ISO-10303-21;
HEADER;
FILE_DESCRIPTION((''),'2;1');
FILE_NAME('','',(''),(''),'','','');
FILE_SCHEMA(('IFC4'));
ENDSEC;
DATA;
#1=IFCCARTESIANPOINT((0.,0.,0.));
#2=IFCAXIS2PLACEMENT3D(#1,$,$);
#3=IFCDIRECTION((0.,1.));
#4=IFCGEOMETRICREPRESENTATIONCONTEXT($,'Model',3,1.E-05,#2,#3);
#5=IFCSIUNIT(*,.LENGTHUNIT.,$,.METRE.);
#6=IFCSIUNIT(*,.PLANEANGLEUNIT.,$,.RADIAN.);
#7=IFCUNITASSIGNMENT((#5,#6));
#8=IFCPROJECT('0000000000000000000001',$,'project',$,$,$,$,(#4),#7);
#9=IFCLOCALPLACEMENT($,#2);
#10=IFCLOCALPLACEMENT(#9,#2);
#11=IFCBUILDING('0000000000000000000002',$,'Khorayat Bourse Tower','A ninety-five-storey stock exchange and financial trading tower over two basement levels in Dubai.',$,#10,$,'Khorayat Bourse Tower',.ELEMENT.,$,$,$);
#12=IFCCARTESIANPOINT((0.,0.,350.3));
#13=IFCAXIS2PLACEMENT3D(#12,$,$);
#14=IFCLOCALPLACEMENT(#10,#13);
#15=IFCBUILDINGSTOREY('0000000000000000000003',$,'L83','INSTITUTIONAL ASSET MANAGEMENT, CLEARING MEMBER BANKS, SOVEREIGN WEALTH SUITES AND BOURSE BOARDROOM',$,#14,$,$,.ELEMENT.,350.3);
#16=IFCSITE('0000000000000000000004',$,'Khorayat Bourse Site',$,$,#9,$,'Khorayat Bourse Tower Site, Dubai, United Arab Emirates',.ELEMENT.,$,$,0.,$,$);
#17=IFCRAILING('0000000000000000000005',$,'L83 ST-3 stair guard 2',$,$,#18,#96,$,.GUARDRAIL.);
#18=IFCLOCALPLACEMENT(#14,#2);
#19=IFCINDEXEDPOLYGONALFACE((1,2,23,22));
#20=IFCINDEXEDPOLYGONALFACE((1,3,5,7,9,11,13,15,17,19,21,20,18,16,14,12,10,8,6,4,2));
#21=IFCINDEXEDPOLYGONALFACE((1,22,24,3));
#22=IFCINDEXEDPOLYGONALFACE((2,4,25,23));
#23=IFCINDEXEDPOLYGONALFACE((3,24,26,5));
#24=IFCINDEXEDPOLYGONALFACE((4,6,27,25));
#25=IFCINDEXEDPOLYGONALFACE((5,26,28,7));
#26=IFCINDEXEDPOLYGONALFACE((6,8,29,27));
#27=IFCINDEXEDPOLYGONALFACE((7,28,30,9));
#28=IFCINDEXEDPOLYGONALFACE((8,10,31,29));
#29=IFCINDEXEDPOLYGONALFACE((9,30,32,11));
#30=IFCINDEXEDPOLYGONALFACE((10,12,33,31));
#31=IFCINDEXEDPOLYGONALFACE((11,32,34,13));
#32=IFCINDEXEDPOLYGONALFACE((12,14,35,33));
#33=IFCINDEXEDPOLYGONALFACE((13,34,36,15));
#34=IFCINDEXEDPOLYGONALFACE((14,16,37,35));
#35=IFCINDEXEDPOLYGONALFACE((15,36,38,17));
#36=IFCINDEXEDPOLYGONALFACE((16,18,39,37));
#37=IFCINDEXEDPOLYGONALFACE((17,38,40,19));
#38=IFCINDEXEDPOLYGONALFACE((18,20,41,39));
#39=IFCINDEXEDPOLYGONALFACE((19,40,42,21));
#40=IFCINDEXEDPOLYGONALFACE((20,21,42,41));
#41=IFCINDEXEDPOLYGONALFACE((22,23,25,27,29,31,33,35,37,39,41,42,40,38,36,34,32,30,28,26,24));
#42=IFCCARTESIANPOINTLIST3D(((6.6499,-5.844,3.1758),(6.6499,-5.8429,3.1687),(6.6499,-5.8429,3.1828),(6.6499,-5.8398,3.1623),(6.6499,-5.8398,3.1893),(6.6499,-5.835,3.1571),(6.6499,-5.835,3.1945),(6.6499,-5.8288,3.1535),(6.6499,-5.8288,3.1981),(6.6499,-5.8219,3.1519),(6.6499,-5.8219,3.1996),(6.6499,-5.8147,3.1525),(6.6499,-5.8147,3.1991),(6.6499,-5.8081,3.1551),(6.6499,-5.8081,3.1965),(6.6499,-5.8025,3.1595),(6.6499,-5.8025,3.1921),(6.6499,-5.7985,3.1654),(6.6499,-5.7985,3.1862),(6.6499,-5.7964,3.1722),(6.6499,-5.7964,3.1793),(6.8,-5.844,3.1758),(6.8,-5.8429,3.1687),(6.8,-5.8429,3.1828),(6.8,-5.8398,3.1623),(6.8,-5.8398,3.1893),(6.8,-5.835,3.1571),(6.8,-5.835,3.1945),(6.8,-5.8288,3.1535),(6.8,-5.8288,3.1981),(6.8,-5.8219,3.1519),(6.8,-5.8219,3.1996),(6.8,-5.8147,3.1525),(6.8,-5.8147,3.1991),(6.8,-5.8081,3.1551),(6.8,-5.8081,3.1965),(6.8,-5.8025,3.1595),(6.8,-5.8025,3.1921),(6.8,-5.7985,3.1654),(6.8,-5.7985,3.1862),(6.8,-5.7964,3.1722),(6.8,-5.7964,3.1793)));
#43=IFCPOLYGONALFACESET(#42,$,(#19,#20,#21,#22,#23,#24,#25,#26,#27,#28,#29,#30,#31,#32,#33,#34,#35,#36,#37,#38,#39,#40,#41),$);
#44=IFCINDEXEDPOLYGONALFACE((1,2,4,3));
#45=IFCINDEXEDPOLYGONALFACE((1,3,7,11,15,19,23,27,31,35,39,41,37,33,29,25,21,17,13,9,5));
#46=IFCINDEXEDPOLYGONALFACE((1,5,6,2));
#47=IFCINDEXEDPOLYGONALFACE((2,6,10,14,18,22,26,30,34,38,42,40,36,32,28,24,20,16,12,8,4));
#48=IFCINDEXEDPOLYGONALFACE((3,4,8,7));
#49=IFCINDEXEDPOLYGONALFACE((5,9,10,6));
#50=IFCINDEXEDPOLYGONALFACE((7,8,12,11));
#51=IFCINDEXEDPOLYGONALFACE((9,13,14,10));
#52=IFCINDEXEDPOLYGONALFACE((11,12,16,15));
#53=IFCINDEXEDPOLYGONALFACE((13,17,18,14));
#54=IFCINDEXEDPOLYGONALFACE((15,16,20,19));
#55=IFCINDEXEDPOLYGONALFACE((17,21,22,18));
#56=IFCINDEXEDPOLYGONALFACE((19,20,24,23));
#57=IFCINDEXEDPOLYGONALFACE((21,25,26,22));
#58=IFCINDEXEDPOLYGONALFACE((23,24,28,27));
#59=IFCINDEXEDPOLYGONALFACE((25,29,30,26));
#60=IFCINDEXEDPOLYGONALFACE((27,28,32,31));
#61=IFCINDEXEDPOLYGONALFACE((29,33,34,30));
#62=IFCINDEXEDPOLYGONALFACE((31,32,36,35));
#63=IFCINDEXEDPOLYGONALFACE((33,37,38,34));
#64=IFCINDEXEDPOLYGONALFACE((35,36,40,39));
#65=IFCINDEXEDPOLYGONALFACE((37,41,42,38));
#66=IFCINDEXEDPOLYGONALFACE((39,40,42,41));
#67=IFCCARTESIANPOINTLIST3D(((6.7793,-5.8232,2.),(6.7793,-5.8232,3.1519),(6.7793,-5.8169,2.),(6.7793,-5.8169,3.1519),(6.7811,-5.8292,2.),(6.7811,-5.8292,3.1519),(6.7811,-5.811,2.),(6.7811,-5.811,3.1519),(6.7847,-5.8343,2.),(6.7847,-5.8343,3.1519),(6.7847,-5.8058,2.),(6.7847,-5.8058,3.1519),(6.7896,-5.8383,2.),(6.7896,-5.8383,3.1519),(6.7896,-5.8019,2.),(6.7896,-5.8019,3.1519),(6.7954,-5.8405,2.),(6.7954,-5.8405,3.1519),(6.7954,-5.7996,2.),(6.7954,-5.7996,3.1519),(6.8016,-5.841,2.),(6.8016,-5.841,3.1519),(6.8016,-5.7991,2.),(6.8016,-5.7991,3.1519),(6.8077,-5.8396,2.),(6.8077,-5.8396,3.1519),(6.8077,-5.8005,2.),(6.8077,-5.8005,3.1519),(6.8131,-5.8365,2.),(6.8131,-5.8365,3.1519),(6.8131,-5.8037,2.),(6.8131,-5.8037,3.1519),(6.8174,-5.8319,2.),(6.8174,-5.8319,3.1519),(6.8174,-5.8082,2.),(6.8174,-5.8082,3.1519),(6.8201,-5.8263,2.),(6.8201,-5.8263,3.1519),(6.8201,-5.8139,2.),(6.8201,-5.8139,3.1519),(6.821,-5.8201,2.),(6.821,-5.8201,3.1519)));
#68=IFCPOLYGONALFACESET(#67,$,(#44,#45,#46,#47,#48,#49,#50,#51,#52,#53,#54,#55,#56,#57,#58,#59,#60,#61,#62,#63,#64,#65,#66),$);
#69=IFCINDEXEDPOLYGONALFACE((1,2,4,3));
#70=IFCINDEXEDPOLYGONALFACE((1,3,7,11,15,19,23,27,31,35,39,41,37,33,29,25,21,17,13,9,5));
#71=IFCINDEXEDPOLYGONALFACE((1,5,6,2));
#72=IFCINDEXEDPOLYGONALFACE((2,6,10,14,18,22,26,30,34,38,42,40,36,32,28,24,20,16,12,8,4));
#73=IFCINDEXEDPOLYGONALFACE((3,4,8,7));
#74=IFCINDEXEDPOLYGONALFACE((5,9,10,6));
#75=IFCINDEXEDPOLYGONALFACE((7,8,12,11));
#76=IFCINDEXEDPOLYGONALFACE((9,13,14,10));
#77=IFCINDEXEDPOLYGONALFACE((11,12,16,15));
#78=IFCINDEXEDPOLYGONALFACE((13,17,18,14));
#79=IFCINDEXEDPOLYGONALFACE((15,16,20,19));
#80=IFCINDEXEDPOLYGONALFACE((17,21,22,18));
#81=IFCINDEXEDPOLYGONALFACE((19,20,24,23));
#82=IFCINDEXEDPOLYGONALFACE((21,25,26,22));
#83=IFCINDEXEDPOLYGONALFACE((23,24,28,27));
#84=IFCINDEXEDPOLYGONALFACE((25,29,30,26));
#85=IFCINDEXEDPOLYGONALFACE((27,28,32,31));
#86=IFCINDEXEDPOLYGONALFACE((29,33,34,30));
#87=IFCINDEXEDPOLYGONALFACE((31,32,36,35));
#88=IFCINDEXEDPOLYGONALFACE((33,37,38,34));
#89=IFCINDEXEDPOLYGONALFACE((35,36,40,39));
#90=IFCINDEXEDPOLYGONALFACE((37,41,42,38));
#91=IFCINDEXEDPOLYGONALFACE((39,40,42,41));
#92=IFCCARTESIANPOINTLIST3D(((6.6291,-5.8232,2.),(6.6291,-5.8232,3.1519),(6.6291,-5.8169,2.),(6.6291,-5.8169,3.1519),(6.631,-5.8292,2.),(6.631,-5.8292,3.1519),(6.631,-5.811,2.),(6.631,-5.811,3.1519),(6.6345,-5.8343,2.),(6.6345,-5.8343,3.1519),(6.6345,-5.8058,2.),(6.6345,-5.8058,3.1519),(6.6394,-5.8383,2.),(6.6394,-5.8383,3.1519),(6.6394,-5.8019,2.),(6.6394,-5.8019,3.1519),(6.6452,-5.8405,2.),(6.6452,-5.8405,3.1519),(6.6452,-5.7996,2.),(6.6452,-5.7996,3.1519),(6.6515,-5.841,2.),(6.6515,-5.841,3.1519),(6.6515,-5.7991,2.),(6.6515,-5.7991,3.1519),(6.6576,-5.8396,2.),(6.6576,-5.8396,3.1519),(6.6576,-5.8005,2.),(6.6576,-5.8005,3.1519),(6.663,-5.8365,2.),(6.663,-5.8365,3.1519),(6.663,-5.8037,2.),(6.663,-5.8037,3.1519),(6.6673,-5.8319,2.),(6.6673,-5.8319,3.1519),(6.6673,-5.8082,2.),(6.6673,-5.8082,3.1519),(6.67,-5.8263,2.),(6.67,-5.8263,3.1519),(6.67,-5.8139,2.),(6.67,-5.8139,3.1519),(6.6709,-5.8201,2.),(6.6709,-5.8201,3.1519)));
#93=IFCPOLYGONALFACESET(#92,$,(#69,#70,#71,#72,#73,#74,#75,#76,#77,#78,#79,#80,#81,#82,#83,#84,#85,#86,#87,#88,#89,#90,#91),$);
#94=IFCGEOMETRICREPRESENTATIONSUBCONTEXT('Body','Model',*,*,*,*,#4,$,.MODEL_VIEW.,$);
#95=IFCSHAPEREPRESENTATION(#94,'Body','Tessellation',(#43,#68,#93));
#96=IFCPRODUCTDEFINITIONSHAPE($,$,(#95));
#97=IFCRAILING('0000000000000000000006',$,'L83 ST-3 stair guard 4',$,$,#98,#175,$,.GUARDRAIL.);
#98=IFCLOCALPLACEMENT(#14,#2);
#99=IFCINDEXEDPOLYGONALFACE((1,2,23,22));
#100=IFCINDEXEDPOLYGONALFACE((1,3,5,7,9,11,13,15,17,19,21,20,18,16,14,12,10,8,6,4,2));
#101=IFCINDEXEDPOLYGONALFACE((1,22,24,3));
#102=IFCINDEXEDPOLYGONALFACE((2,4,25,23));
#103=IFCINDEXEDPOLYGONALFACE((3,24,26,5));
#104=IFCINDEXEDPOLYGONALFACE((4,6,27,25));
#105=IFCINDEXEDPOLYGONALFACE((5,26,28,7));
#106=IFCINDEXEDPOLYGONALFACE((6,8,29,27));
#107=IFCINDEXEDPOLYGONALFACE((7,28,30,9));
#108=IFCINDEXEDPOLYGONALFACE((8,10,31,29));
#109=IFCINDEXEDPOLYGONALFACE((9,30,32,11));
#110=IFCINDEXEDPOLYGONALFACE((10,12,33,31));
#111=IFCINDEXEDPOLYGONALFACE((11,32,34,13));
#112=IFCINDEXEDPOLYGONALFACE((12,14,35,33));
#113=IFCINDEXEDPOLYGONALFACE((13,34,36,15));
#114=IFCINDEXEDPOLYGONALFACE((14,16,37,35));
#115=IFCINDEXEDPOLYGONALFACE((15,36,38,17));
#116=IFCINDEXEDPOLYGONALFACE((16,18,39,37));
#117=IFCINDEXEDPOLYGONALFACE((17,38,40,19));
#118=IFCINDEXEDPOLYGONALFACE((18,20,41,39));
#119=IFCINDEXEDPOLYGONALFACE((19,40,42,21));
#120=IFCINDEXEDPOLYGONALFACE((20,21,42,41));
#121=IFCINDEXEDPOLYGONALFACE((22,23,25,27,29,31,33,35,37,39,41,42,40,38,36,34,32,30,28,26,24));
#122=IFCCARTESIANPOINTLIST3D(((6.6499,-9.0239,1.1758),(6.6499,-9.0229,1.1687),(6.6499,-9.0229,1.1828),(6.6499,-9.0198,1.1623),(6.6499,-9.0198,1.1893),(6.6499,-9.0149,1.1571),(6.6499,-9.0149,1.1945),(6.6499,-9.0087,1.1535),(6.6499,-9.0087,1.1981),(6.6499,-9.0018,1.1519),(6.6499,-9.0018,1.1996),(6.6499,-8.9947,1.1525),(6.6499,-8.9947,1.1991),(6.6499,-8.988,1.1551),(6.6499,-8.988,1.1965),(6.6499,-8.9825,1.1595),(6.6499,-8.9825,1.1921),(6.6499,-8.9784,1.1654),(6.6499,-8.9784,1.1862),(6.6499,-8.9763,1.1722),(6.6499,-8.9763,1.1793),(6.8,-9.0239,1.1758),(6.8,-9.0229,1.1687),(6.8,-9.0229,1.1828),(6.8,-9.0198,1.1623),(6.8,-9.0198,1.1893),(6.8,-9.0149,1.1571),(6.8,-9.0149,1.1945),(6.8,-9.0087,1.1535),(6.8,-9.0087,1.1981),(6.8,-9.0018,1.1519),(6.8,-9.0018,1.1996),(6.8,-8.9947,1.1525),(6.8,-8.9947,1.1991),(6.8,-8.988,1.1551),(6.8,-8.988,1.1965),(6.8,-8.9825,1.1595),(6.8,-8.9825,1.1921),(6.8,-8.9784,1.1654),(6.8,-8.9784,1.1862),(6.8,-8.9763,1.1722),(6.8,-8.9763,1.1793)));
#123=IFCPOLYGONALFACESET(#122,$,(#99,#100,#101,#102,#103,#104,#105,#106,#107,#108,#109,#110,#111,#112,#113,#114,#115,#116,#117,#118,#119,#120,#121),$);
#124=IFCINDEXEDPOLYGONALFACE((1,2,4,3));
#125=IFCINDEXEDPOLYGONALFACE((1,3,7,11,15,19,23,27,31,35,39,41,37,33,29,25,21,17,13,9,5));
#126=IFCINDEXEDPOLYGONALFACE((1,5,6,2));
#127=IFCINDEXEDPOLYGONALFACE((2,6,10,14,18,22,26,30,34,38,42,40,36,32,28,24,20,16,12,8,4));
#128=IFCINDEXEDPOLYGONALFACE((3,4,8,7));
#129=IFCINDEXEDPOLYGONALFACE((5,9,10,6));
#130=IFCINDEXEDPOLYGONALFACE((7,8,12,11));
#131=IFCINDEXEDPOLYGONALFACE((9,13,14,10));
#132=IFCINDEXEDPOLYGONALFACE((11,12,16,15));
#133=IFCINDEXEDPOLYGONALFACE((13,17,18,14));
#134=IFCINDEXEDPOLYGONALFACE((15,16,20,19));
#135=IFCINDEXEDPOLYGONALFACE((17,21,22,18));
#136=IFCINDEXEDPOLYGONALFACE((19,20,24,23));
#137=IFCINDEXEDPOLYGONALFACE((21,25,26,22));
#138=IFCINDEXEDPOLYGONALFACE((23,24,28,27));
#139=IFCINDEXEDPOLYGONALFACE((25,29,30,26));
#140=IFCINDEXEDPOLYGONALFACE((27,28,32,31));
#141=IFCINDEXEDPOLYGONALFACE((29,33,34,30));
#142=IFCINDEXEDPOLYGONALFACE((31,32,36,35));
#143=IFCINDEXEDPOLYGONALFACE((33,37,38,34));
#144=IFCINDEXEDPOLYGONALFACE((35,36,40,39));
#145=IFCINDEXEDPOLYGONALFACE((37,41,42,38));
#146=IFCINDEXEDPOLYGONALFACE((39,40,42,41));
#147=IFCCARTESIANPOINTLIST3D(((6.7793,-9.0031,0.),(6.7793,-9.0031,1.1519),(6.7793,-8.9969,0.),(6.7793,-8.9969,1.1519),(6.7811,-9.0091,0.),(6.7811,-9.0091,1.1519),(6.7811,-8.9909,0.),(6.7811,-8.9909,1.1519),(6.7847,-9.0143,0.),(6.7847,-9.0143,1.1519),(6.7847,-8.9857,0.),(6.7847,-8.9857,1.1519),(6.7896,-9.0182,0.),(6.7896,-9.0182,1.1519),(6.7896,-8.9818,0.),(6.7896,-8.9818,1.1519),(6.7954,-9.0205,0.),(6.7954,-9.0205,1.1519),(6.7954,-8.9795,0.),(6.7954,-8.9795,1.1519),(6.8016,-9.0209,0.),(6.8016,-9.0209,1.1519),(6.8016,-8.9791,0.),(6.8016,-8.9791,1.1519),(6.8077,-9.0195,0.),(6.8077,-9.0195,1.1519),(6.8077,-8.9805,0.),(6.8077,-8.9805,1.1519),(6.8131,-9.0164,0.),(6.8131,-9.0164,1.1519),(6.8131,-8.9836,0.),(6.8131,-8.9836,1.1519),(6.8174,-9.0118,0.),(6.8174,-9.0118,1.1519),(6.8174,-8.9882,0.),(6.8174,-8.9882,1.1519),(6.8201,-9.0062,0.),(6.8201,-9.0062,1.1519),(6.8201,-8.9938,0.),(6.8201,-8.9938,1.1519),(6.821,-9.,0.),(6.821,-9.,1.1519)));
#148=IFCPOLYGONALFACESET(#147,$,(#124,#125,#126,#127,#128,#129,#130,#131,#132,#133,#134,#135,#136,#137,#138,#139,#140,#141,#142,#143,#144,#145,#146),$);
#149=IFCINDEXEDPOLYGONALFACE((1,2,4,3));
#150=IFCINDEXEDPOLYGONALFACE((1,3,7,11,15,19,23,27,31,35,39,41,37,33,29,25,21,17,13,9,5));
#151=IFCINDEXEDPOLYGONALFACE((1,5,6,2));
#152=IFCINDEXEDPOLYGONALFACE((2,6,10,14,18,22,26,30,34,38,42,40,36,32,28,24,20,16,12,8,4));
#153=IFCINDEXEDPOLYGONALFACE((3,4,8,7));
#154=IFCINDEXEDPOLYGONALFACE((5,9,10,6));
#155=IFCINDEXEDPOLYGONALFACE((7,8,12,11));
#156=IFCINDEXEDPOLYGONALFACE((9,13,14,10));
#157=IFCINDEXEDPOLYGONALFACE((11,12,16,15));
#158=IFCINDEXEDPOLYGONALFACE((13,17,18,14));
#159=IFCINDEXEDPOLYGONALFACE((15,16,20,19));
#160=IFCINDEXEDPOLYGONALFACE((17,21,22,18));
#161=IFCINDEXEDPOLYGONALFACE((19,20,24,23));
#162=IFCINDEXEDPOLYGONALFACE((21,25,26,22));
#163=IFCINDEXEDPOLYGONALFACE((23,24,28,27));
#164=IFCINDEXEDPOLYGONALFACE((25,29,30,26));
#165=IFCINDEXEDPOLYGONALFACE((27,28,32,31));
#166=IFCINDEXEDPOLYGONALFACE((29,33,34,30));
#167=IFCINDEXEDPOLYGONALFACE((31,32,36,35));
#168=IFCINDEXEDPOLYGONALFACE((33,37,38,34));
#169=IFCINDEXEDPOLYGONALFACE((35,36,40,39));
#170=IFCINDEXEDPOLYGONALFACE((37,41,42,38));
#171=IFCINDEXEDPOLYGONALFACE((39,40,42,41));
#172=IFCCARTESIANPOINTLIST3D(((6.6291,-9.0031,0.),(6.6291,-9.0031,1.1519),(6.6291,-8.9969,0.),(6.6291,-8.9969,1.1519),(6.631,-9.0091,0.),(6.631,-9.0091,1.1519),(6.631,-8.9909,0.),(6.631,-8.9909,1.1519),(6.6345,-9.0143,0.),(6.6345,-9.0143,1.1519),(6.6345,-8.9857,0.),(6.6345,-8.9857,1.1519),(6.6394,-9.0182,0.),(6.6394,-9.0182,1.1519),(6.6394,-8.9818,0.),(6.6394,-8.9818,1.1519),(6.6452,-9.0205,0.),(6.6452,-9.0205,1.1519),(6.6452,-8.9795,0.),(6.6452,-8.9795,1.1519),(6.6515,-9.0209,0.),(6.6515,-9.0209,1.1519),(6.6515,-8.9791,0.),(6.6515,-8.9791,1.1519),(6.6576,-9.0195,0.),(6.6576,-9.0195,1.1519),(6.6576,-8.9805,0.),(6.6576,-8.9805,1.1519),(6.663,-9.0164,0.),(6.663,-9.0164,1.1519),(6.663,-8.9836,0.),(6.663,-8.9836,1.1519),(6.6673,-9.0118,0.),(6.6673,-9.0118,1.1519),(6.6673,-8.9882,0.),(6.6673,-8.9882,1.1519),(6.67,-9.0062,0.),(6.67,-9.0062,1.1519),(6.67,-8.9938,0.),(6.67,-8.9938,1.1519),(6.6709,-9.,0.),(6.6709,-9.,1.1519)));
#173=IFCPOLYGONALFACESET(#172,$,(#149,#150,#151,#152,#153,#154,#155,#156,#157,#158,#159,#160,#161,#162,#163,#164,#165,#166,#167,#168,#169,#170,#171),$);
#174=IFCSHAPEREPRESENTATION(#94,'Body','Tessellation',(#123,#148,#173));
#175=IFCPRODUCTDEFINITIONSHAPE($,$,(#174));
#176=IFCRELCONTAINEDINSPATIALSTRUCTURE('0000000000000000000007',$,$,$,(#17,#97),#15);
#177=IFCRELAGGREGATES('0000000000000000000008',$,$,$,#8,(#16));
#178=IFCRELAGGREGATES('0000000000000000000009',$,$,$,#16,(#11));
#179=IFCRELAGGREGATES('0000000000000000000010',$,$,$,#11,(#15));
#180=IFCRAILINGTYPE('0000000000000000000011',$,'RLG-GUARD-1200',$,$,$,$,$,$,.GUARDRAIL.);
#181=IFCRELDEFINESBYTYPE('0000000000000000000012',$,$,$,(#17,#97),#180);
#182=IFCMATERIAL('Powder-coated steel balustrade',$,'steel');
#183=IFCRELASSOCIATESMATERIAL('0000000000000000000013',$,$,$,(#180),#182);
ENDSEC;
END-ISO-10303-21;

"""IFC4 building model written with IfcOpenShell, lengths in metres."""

from ifc_helpers import new_model, si_unit, direction, frame, origin, origin_2d, place, context, subcontext, project, spatial, circle, extrude, source, transform, mapped, material, type_object, element, save


model = new_model("IFC4")

# Units and contexts
model_context = context("Model", 3, precision=1e-05, world=origin(), true_north=direction((0.0, 1.0)))
body_context = subcontext(model_context, "Body", "Model", "MODEL_VIEW")
ifc_project = project(units=[si_unit("LENGTHUNIT", "METRE"), si_unit("PLANEANGLEUNIT", "RADIAN")], contexts=[model_context])

# Site, building, storey
site_placement = place(None, origin())
site = spatial("IfcSite", under=ifc_project, at=site_placement, Name="Khorayat Bourse Site", LongName="Khorayat Bourse Tower Site, Dubai, United Arab Emirates", CompositionType="ELEMENT", RefElevation=0.0)
building_placement = place(site_placement, origin())
building = spatial("IfcBuilding", under=site, at=building_placement, Name="Khorayat Bourse Tower", Description="A ninety-five-storey stock exchange and financial trading tower over two basement levels in Dubai.", LongName="Khorayat Bourse Tower", CompositionType="ELEMENT")
storey_placement = place(building_placement, frame((0.0, 0.0, 350.3)))
storey = spatial("IfcBuildingStorey", under=building, at=storey_placement, Name="L83", Description="INSTITUTIONAL ASSET MANAGEMENT, CLEARING MEMBER BANKS, SOVEREIGN WEALTH SUITES AND BOURSE BOARDROOM", CompositionType="ELEMENT", Elevation=350.3)

# Railings
ifc_material_1 = material(Name="Powder-coated steel balustrade", Category="steel")
railing_type_1 = type_object("IfcRailingType", Name="RLG-GUARD-1200", PredefinedType="GUARDRAIL", material=ifc_material_1)
shared_shape_1 = source(origin(), body_context, "Body", "SweptSolid", [
    extrude(circle(Radius=0.0239, at=origin_2d()), frame((0.0, 0.0, 1.1758), z_axis=(-1.0, 0.0, 0.0), x_axis=(0.0, -1.0, 0.0)), (0.0, 0.0, 1.0), 0.1501),
    extrude(circle(Radius=0.021, at=origin_2d()), origin(), (0.0, 0.0, 1.0), 1.1519),
    extrude(circle(Radius=0.021, at=origin_2d()), frame((-0.1501, 0.0, 0.0)), (0.0, 0.0, 1.0), 1.1519),
])
for number, where, name in (
    (1, (6.8, -5.8201, 2.0), "L83 ST-3 stair guard 2"),
    (2, (6.8, -9.0, 0.0), "L83 ST-3 stair guard 4"),
):
    element("IfcRailing", number, at=place(storey_placement, frame(where)), inside=storey, type_object=railing_type_1, Name=name, PredefinedType="GUARDRAIL", context=body_context, shape_type="MappedRepresentation", body=[
        mapped(shared_shape_1, transform((0.0, 0.0, 0.0), scale=1.0)),
    ])

save(model, "model.ifc")
